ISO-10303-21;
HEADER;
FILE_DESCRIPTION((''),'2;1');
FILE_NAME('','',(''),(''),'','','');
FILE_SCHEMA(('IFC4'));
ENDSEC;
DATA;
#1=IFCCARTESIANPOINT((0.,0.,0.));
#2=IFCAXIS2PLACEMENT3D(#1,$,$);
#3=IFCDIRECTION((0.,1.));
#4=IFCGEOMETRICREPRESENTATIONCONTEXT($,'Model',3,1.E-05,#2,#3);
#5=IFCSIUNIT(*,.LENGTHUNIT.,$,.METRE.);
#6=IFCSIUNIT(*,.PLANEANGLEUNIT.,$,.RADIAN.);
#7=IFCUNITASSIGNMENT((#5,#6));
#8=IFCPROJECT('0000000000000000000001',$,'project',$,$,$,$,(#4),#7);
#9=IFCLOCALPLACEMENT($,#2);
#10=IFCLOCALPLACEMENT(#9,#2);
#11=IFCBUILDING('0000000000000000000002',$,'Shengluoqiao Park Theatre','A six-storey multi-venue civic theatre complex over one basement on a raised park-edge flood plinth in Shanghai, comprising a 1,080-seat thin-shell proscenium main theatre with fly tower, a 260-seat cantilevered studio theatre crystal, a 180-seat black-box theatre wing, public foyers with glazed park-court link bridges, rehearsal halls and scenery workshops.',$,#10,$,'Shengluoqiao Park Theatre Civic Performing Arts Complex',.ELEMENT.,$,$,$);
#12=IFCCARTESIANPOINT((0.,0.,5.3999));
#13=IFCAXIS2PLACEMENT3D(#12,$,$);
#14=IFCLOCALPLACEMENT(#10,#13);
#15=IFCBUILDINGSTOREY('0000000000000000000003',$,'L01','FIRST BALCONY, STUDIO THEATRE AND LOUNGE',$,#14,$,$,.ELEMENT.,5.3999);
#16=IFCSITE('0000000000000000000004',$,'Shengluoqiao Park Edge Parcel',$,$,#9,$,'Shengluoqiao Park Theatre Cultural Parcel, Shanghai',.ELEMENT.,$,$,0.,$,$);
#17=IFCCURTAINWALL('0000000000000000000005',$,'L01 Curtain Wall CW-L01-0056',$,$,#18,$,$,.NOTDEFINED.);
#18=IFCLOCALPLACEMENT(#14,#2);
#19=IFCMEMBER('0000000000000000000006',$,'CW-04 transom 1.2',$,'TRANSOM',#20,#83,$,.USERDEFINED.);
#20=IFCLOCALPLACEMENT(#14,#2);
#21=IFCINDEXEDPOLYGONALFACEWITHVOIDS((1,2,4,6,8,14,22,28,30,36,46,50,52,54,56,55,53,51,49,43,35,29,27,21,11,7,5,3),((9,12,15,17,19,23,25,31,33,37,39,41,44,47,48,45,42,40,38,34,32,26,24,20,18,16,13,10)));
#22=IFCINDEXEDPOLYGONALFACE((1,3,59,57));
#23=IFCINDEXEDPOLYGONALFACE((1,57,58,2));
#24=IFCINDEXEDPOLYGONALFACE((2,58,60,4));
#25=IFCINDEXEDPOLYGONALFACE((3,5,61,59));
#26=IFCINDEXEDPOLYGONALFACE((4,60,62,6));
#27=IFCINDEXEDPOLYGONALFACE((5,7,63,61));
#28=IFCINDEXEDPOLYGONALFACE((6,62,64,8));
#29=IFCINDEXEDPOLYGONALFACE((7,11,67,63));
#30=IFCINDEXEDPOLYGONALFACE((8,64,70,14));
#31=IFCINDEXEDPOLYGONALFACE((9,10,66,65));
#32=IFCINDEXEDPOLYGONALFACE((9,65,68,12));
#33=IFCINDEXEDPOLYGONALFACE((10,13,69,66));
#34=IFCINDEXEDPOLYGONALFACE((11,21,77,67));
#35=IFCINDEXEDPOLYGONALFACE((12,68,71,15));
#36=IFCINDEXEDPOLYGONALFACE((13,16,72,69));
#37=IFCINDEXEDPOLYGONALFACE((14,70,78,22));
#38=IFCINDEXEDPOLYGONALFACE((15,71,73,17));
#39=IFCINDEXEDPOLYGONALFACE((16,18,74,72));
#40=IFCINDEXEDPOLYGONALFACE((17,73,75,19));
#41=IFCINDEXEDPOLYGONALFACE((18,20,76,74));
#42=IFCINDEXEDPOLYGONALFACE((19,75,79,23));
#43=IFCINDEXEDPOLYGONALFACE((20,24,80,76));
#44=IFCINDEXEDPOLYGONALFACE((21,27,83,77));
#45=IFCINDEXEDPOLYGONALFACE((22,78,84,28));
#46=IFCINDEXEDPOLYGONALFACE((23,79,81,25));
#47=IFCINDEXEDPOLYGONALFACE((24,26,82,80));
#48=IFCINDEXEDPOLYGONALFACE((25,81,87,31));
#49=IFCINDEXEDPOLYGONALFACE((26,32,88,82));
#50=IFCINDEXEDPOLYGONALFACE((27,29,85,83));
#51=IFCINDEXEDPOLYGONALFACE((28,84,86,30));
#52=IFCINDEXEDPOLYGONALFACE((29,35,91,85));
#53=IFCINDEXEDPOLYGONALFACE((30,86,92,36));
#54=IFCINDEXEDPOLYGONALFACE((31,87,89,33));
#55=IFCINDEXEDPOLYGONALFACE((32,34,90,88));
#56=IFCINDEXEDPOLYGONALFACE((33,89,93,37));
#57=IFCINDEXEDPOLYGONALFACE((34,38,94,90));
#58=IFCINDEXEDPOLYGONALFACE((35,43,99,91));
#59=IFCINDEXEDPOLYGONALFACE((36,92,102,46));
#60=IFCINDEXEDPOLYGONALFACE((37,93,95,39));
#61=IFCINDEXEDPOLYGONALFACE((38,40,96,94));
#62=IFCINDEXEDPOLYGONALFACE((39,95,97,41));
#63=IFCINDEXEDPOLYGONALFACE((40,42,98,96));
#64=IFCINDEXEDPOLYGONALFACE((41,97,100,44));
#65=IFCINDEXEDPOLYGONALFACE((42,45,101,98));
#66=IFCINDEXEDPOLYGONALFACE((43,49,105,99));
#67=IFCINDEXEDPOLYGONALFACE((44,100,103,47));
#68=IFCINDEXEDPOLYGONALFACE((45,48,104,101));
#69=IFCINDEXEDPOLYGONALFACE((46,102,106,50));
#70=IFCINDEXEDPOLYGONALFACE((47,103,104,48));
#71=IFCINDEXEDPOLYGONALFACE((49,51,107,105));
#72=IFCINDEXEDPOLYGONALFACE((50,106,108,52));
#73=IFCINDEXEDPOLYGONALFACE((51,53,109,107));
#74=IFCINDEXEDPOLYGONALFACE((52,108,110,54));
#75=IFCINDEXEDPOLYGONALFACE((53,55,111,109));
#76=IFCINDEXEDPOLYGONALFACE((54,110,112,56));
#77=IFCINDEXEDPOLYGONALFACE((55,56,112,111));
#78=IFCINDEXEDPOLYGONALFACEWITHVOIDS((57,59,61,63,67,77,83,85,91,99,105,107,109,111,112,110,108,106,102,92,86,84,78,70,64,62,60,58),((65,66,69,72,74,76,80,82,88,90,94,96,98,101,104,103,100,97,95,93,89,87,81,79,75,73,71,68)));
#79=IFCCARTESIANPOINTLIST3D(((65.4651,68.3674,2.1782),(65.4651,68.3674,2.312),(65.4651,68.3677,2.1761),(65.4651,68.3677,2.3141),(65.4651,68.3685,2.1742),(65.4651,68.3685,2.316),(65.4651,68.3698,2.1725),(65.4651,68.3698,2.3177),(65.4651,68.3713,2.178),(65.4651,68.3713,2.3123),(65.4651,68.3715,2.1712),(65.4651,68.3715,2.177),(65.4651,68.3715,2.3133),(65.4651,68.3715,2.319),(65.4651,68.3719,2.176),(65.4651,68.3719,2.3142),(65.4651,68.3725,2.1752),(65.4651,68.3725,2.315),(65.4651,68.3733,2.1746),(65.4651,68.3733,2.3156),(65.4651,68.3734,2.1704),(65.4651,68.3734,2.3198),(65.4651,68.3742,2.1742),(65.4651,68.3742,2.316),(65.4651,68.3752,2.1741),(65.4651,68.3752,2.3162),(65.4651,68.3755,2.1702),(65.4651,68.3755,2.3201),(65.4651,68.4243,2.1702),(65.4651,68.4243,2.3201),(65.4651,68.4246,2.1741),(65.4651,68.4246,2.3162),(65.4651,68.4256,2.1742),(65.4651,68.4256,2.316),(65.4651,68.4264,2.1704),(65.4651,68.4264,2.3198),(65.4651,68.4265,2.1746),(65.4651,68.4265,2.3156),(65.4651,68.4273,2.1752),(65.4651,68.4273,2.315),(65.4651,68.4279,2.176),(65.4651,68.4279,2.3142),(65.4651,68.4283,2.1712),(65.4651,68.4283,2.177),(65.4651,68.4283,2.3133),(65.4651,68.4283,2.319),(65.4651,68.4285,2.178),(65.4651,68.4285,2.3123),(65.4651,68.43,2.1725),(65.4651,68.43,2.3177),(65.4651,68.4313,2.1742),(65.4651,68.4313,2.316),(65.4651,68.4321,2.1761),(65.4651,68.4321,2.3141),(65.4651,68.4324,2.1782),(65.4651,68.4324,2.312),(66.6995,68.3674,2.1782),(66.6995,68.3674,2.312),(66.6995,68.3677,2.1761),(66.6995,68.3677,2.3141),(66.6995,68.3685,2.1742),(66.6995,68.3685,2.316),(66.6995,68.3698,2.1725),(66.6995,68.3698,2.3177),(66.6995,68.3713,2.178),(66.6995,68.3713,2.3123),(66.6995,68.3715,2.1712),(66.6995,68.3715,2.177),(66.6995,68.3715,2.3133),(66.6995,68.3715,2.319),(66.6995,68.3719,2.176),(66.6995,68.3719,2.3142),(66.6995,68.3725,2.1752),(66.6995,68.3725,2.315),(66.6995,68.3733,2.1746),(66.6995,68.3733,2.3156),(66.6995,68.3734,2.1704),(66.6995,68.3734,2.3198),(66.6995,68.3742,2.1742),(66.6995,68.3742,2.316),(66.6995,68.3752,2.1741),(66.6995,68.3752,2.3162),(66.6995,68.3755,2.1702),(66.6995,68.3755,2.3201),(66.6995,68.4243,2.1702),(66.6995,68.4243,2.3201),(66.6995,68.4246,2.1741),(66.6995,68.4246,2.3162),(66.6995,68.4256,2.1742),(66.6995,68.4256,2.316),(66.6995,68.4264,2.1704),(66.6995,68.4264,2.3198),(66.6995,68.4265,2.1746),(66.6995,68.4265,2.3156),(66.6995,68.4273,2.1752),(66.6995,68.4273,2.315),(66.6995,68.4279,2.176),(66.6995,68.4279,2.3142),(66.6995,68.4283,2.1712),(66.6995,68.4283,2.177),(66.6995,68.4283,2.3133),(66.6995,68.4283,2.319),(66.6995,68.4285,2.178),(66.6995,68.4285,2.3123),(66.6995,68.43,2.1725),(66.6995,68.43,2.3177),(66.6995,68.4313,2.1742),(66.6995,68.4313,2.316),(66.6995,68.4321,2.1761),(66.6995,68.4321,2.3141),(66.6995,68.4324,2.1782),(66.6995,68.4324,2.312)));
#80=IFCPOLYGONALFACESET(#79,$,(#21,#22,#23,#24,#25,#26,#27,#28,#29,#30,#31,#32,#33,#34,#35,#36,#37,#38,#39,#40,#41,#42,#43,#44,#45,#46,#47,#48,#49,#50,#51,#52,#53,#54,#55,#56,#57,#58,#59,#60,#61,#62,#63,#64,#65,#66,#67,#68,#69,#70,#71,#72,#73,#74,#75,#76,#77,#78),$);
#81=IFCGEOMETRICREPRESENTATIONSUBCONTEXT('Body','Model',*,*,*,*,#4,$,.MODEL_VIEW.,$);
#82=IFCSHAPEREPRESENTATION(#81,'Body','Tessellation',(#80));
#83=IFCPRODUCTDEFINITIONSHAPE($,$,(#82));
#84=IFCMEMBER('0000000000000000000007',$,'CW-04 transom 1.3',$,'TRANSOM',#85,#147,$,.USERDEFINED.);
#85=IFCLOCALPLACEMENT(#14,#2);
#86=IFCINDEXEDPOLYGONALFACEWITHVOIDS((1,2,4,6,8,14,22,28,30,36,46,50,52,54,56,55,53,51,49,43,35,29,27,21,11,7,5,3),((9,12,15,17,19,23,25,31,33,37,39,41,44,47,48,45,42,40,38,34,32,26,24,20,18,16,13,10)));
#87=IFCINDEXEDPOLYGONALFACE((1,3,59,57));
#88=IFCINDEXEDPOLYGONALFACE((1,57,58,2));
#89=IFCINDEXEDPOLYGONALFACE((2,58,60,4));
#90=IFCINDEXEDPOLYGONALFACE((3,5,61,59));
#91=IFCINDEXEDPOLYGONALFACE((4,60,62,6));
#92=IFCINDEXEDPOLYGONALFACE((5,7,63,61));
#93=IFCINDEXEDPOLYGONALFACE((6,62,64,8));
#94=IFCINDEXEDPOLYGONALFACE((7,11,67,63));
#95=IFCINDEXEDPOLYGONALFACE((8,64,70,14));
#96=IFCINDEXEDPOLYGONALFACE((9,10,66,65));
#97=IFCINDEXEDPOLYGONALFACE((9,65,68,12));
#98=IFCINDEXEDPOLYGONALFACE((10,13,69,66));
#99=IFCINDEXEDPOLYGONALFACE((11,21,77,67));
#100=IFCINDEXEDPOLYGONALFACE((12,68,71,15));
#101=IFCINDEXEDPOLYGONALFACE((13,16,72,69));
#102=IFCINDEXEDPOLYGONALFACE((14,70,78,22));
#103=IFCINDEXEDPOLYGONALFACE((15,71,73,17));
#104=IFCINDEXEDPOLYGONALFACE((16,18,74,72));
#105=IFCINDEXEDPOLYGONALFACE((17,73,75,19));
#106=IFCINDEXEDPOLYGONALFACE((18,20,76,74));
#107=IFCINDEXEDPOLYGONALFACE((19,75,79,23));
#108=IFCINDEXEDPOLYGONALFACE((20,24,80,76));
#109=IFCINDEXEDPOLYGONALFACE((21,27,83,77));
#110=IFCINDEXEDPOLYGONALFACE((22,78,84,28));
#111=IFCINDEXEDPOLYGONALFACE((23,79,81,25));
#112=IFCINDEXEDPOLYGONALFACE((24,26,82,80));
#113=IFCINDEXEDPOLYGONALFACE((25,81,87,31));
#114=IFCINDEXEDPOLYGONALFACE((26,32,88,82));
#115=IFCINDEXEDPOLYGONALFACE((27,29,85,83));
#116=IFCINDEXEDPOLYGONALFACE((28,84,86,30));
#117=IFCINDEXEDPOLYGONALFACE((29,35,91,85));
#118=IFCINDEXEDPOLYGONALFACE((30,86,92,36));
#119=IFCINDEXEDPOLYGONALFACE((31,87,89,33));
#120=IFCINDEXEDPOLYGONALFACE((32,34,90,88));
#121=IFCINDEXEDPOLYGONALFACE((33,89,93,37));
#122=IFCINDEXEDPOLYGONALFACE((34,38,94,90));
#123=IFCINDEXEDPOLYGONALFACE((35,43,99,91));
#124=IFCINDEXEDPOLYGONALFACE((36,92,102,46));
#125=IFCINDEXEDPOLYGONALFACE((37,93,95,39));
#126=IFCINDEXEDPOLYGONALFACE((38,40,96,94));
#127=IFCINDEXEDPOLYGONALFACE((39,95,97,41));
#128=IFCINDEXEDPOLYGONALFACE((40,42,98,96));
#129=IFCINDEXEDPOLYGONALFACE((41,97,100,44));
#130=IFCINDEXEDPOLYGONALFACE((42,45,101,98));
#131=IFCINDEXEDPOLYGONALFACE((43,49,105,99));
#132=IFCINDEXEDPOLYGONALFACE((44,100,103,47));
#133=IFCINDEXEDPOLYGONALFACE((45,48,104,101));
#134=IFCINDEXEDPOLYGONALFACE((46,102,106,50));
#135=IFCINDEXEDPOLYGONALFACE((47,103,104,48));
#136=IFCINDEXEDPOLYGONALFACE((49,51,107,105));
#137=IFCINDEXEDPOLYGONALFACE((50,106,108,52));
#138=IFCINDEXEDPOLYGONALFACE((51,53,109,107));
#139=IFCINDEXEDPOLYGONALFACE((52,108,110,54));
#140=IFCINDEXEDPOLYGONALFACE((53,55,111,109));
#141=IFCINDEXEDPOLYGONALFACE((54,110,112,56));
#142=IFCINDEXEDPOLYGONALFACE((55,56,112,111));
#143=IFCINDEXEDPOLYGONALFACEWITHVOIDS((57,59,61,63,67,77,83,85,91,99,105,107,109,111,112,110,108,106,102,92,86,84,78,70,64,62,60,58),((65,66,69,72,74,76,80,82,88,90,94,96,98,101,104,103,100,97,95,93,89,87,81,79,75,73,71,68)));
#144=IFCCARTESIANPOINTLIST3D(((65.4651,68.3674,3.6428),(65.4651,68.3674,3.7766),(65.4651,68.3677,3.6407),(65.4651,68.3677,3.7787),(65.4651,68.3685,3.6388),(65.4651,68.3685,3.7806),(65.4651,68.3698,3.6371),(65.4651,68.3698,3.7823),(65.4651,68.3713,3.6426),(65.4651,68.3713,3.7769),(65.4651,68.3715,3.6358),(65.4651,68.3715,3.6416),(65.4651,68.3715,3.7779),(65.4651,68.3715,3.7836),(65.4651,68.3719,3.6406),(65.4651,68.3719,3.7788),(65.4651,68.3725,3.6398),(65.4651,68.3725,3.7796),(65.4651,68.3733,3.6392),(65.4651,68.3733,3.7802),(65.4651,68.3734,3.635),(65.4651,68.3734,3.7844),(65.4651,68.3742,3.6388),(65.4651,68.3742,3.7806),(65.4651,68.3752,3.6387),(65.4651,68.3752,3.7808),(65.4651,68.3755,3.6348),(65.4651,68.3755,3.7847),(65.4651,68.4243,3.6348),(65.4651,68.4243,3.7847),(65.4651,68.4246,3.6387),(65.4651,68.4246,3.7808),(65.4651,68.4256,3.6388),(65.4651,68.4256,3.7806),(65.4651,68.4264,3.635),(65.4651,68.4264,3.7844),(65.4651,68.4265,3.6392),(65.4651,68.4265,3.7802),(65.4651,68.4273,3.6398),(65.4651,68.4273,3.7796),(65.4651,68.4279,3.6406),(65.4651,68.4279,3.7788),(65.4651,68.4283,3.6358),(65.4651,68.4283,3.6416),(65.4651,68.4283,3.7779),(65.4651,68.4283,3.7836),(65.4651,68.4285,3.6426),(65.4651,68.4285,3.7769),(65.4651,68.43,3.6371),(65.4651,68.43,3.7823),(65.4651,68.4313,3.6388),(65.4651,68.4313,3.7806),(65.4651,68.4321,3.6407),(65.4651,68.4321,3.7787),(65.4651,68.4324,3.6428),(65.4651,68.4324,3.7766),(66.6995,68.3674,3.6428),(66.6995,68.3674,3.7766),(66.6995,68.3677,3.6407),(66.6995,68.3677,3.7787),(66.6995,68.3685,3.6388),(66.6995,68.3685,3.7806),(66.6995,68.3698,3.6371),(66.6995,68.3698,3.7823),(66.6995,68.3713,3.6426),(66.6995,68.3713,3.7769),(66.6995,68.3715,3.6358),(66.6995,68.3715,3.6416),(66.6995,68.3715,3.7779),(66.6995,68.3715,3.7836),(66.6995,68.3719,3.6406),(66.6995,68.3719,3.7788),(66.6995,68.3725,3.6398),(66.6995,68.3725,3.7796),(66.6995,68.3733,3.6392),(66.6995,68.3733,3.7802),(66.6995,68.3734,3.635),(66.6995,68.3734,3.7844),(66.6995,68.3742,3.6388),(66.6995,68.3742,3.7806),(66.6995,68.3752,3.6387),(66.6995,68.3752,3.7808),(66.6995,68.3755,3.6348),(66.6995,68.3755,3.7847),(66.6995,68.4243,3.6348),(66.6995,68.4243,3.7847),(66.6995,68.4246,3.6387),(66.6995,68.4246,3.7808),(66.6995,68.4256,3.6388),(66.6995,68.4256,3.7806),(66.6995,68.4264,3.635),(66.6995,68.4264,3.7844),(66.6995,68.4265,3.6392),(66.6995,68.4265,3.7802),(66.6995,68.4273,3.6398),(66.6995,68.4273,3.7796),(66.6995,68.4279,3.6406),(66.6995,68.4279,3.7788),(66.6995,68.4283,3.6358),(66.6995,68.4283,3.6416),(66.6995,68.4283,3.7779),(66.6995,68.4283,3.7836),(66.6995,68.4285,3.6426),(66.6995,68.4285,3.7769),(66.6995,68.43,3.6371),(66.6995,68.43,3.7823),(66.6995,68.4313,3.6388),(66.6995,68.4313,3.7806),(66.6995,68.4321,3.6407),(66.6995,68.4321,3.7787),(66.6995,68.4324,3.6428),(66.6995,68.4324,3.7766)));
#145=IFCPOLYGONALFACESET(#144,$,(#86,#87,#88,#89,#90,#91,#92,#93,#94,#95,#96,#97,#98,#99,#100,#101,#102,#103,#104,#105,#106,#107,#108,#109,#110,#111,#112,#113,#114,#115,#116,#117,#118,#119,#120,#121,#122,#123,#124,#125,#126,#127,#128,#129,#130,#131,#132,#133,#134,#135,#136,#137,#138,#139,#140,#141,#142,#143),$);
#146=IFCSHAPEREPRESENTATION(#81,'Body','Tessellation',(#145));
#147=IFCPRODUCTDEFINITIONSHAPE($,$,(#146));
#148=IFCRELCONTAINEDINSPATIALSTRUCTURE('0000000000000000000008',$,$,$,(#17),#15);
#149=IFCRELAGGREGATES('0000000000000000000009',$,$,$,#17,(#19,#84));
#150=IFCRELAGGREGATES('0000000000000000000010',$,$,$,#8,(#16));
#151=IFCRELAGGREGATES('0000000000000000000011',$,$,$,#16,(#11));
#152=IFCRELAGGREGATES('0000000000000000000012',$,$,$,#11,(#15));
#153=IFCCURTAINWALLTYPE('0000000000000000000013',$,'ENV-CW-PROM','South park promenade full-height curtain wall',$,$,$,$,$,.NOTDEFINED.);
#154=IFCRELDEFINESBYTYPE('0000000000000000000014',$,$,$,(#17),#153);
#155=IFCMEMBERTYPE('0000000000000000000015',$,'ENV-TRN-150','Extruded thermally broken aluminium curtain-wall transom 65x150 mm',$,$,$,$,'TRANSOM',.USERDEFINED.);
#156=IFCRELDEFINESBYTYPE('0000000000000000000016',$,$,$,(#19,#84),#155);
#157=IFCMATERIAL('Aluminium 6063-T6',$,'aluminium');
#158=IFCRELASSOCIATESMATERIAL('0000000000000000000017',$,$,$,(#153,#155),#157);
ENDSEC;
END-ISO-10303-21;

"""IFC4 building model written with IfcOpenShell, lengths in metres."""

from ifc_helpers import new_model, si_unit, direction, frame, origin, origin_2d, place, context, subcontext, project, spatial, hollow_rectangle, extrude, material, material_profile, profile_set, type_object, element, aggregate, save


model = new_model("IFC4")

# Units and contexts
model_context = context("Model", 3, precision=1e-05, world=origin(), true_north=direction((0.0, 1.0)))
body_context = subcontext(model_context, "Body", "Model", "MODEL_VIEW")
ifc_project = project(units=[si_unit("LENGTHUNIT", "METRE"), si_unit("PLANEANGLEUNIT", "RADIAN")], contexts=[model_context])

# Site, building, storey
site_placement = place(None, origin())
site = spatial("IfcSite", under=ifc_project, at=site_placement, Name="Shengluoqiao Park Edge Parcel", LongName="Shengluoqiao Park Theatre Cultural Parcel, Shanghai", CompositionType="ELEMENT", RefElevation=0.0)
building_placement = place(site_placement, origin())
building = spatial("IfcBuilding", under=site, at=building_placement, Name="Shengluoqiao Park Theatre", Description="A six-storey multi-venue civic theatre complex over one basement on a raised park-edge flood plinth in Shanghai, comprising a 1,080-seat thin-shell proscenium main theatre with fly tower, a 260-seat cantilevered studio theatre crystal, a 180-seat black-box theatre wing, public foyers with glazed park-court link bridges, rehearsal halls and scenery workshops.", LongName="Shengluoqiao Park Theatre Civic Performing Arts Complex", CompositionType="ELEMENT")
storey_placement = place(building_placement, frame((0.0, 0.0, 5.3999)))
storey = spatial("IfcBuildingStorey", under=building, at=storey_placement, Name="L01", Description="FIRST BALCONY, STUDIO THEATRE AND LOUNGE", CompositionType="ELEMENT", Elevation=5.3999)

# Curtain wall
ifc_material_1 = material(Name="Aluminium 6063-T6", Category="aluminium")
curtain_wall_type = type_object("IfcCurtainWallType", Name="ENV-CW-PROM", Description="South park promenade full-height curtain wall", PredefinedType="NOTDEFINED", material=ifc_material_1)
curtain_wall_1_placement = place(storey_placement, origin())
curtain_wall_1 = element("IfcCurtainWall", 1, at=curtain_wall_1_placement, inside=storey, type_object=curtain_wall_type, Name="L01 Curtain Wall CW-L01-0056", PredefinedType="NOTDEFINED")

# Members
ifc_material_profile_1 = material_profile(ifc_material_1, hollow_rectangle(XDim=0.0649, YDim=0.1499, WallThickness=0.0039, InnerFilletRadius=0.0039, OuterFilletRadius=0.0081, at=origin_2d()), Name="ALU TRANSOM 150x65x4")
ifc_profile_set_1 = profile_set([ifc_material_profile_1], Name="Aluminium 6063-T6")
member_type_1 = type_object("IfcMemberType", Name="ENV-TRN-150", Description="Extruded thermally broken aluminium curtain-wall transom 65x150 mm", ElementType="TRANSOM", PredefinedType="USERDEFINED", material=ifc_profile_set_1)
member_1_placement = place(storey_placement, frame((65.4651, 68.3999, 2.2451), z_axis=(1.0, 0.0, 0.0), x_axis=(0.0, 1.0, 0.0)))
member_1 = element("IfcMember", 2, at=member_1_placement, type_object=member_type_1, Name="CW-04 transom 1.2", ObjectType="TRANSOM", PredefinedType="USERDEFINED", context=body_context, shape_type="SweptSolid", body=[
    extrude(hollow_rectangle(XDim=0.0649, YDim=0.1499, WallThickness=0.0039, InnerFilletRadius=0.0039, OuterFilletRadius=0.0081, at=origin_2d()), origin(), (0.0, 0.0, 1.0), 1.2344),
])
member_2_placement = place(storey_placement, frame((65.4651, 68.3999, 3.7097), z_axis=(1.0, 0.0, 0.0), x_axis=(0.0, 1.0, 0.0)))
member_2 = element("IfcMember", 3, at=member_2_placement, type_object=member_type_1, Name="CW-04 transom 1.3", ObjectType="TRANSOM", PredefinedType="USERDEFINED", context=body_context, shape_type="SweptSolid", body=[
    extrude(hollow_rectangle(XDim=0.0649, YDim=0.1499, WallThickness=0.0039, InnerFilletRadius=0.0039, OuterFilletRadius=0.0081, at=origin_2d()), origin(), (0.0, 0.0, 1.0), 1.2344),
])

aggregate(curtain_wall_1, [member_1, member_2])

save(model, "model.ifc")
